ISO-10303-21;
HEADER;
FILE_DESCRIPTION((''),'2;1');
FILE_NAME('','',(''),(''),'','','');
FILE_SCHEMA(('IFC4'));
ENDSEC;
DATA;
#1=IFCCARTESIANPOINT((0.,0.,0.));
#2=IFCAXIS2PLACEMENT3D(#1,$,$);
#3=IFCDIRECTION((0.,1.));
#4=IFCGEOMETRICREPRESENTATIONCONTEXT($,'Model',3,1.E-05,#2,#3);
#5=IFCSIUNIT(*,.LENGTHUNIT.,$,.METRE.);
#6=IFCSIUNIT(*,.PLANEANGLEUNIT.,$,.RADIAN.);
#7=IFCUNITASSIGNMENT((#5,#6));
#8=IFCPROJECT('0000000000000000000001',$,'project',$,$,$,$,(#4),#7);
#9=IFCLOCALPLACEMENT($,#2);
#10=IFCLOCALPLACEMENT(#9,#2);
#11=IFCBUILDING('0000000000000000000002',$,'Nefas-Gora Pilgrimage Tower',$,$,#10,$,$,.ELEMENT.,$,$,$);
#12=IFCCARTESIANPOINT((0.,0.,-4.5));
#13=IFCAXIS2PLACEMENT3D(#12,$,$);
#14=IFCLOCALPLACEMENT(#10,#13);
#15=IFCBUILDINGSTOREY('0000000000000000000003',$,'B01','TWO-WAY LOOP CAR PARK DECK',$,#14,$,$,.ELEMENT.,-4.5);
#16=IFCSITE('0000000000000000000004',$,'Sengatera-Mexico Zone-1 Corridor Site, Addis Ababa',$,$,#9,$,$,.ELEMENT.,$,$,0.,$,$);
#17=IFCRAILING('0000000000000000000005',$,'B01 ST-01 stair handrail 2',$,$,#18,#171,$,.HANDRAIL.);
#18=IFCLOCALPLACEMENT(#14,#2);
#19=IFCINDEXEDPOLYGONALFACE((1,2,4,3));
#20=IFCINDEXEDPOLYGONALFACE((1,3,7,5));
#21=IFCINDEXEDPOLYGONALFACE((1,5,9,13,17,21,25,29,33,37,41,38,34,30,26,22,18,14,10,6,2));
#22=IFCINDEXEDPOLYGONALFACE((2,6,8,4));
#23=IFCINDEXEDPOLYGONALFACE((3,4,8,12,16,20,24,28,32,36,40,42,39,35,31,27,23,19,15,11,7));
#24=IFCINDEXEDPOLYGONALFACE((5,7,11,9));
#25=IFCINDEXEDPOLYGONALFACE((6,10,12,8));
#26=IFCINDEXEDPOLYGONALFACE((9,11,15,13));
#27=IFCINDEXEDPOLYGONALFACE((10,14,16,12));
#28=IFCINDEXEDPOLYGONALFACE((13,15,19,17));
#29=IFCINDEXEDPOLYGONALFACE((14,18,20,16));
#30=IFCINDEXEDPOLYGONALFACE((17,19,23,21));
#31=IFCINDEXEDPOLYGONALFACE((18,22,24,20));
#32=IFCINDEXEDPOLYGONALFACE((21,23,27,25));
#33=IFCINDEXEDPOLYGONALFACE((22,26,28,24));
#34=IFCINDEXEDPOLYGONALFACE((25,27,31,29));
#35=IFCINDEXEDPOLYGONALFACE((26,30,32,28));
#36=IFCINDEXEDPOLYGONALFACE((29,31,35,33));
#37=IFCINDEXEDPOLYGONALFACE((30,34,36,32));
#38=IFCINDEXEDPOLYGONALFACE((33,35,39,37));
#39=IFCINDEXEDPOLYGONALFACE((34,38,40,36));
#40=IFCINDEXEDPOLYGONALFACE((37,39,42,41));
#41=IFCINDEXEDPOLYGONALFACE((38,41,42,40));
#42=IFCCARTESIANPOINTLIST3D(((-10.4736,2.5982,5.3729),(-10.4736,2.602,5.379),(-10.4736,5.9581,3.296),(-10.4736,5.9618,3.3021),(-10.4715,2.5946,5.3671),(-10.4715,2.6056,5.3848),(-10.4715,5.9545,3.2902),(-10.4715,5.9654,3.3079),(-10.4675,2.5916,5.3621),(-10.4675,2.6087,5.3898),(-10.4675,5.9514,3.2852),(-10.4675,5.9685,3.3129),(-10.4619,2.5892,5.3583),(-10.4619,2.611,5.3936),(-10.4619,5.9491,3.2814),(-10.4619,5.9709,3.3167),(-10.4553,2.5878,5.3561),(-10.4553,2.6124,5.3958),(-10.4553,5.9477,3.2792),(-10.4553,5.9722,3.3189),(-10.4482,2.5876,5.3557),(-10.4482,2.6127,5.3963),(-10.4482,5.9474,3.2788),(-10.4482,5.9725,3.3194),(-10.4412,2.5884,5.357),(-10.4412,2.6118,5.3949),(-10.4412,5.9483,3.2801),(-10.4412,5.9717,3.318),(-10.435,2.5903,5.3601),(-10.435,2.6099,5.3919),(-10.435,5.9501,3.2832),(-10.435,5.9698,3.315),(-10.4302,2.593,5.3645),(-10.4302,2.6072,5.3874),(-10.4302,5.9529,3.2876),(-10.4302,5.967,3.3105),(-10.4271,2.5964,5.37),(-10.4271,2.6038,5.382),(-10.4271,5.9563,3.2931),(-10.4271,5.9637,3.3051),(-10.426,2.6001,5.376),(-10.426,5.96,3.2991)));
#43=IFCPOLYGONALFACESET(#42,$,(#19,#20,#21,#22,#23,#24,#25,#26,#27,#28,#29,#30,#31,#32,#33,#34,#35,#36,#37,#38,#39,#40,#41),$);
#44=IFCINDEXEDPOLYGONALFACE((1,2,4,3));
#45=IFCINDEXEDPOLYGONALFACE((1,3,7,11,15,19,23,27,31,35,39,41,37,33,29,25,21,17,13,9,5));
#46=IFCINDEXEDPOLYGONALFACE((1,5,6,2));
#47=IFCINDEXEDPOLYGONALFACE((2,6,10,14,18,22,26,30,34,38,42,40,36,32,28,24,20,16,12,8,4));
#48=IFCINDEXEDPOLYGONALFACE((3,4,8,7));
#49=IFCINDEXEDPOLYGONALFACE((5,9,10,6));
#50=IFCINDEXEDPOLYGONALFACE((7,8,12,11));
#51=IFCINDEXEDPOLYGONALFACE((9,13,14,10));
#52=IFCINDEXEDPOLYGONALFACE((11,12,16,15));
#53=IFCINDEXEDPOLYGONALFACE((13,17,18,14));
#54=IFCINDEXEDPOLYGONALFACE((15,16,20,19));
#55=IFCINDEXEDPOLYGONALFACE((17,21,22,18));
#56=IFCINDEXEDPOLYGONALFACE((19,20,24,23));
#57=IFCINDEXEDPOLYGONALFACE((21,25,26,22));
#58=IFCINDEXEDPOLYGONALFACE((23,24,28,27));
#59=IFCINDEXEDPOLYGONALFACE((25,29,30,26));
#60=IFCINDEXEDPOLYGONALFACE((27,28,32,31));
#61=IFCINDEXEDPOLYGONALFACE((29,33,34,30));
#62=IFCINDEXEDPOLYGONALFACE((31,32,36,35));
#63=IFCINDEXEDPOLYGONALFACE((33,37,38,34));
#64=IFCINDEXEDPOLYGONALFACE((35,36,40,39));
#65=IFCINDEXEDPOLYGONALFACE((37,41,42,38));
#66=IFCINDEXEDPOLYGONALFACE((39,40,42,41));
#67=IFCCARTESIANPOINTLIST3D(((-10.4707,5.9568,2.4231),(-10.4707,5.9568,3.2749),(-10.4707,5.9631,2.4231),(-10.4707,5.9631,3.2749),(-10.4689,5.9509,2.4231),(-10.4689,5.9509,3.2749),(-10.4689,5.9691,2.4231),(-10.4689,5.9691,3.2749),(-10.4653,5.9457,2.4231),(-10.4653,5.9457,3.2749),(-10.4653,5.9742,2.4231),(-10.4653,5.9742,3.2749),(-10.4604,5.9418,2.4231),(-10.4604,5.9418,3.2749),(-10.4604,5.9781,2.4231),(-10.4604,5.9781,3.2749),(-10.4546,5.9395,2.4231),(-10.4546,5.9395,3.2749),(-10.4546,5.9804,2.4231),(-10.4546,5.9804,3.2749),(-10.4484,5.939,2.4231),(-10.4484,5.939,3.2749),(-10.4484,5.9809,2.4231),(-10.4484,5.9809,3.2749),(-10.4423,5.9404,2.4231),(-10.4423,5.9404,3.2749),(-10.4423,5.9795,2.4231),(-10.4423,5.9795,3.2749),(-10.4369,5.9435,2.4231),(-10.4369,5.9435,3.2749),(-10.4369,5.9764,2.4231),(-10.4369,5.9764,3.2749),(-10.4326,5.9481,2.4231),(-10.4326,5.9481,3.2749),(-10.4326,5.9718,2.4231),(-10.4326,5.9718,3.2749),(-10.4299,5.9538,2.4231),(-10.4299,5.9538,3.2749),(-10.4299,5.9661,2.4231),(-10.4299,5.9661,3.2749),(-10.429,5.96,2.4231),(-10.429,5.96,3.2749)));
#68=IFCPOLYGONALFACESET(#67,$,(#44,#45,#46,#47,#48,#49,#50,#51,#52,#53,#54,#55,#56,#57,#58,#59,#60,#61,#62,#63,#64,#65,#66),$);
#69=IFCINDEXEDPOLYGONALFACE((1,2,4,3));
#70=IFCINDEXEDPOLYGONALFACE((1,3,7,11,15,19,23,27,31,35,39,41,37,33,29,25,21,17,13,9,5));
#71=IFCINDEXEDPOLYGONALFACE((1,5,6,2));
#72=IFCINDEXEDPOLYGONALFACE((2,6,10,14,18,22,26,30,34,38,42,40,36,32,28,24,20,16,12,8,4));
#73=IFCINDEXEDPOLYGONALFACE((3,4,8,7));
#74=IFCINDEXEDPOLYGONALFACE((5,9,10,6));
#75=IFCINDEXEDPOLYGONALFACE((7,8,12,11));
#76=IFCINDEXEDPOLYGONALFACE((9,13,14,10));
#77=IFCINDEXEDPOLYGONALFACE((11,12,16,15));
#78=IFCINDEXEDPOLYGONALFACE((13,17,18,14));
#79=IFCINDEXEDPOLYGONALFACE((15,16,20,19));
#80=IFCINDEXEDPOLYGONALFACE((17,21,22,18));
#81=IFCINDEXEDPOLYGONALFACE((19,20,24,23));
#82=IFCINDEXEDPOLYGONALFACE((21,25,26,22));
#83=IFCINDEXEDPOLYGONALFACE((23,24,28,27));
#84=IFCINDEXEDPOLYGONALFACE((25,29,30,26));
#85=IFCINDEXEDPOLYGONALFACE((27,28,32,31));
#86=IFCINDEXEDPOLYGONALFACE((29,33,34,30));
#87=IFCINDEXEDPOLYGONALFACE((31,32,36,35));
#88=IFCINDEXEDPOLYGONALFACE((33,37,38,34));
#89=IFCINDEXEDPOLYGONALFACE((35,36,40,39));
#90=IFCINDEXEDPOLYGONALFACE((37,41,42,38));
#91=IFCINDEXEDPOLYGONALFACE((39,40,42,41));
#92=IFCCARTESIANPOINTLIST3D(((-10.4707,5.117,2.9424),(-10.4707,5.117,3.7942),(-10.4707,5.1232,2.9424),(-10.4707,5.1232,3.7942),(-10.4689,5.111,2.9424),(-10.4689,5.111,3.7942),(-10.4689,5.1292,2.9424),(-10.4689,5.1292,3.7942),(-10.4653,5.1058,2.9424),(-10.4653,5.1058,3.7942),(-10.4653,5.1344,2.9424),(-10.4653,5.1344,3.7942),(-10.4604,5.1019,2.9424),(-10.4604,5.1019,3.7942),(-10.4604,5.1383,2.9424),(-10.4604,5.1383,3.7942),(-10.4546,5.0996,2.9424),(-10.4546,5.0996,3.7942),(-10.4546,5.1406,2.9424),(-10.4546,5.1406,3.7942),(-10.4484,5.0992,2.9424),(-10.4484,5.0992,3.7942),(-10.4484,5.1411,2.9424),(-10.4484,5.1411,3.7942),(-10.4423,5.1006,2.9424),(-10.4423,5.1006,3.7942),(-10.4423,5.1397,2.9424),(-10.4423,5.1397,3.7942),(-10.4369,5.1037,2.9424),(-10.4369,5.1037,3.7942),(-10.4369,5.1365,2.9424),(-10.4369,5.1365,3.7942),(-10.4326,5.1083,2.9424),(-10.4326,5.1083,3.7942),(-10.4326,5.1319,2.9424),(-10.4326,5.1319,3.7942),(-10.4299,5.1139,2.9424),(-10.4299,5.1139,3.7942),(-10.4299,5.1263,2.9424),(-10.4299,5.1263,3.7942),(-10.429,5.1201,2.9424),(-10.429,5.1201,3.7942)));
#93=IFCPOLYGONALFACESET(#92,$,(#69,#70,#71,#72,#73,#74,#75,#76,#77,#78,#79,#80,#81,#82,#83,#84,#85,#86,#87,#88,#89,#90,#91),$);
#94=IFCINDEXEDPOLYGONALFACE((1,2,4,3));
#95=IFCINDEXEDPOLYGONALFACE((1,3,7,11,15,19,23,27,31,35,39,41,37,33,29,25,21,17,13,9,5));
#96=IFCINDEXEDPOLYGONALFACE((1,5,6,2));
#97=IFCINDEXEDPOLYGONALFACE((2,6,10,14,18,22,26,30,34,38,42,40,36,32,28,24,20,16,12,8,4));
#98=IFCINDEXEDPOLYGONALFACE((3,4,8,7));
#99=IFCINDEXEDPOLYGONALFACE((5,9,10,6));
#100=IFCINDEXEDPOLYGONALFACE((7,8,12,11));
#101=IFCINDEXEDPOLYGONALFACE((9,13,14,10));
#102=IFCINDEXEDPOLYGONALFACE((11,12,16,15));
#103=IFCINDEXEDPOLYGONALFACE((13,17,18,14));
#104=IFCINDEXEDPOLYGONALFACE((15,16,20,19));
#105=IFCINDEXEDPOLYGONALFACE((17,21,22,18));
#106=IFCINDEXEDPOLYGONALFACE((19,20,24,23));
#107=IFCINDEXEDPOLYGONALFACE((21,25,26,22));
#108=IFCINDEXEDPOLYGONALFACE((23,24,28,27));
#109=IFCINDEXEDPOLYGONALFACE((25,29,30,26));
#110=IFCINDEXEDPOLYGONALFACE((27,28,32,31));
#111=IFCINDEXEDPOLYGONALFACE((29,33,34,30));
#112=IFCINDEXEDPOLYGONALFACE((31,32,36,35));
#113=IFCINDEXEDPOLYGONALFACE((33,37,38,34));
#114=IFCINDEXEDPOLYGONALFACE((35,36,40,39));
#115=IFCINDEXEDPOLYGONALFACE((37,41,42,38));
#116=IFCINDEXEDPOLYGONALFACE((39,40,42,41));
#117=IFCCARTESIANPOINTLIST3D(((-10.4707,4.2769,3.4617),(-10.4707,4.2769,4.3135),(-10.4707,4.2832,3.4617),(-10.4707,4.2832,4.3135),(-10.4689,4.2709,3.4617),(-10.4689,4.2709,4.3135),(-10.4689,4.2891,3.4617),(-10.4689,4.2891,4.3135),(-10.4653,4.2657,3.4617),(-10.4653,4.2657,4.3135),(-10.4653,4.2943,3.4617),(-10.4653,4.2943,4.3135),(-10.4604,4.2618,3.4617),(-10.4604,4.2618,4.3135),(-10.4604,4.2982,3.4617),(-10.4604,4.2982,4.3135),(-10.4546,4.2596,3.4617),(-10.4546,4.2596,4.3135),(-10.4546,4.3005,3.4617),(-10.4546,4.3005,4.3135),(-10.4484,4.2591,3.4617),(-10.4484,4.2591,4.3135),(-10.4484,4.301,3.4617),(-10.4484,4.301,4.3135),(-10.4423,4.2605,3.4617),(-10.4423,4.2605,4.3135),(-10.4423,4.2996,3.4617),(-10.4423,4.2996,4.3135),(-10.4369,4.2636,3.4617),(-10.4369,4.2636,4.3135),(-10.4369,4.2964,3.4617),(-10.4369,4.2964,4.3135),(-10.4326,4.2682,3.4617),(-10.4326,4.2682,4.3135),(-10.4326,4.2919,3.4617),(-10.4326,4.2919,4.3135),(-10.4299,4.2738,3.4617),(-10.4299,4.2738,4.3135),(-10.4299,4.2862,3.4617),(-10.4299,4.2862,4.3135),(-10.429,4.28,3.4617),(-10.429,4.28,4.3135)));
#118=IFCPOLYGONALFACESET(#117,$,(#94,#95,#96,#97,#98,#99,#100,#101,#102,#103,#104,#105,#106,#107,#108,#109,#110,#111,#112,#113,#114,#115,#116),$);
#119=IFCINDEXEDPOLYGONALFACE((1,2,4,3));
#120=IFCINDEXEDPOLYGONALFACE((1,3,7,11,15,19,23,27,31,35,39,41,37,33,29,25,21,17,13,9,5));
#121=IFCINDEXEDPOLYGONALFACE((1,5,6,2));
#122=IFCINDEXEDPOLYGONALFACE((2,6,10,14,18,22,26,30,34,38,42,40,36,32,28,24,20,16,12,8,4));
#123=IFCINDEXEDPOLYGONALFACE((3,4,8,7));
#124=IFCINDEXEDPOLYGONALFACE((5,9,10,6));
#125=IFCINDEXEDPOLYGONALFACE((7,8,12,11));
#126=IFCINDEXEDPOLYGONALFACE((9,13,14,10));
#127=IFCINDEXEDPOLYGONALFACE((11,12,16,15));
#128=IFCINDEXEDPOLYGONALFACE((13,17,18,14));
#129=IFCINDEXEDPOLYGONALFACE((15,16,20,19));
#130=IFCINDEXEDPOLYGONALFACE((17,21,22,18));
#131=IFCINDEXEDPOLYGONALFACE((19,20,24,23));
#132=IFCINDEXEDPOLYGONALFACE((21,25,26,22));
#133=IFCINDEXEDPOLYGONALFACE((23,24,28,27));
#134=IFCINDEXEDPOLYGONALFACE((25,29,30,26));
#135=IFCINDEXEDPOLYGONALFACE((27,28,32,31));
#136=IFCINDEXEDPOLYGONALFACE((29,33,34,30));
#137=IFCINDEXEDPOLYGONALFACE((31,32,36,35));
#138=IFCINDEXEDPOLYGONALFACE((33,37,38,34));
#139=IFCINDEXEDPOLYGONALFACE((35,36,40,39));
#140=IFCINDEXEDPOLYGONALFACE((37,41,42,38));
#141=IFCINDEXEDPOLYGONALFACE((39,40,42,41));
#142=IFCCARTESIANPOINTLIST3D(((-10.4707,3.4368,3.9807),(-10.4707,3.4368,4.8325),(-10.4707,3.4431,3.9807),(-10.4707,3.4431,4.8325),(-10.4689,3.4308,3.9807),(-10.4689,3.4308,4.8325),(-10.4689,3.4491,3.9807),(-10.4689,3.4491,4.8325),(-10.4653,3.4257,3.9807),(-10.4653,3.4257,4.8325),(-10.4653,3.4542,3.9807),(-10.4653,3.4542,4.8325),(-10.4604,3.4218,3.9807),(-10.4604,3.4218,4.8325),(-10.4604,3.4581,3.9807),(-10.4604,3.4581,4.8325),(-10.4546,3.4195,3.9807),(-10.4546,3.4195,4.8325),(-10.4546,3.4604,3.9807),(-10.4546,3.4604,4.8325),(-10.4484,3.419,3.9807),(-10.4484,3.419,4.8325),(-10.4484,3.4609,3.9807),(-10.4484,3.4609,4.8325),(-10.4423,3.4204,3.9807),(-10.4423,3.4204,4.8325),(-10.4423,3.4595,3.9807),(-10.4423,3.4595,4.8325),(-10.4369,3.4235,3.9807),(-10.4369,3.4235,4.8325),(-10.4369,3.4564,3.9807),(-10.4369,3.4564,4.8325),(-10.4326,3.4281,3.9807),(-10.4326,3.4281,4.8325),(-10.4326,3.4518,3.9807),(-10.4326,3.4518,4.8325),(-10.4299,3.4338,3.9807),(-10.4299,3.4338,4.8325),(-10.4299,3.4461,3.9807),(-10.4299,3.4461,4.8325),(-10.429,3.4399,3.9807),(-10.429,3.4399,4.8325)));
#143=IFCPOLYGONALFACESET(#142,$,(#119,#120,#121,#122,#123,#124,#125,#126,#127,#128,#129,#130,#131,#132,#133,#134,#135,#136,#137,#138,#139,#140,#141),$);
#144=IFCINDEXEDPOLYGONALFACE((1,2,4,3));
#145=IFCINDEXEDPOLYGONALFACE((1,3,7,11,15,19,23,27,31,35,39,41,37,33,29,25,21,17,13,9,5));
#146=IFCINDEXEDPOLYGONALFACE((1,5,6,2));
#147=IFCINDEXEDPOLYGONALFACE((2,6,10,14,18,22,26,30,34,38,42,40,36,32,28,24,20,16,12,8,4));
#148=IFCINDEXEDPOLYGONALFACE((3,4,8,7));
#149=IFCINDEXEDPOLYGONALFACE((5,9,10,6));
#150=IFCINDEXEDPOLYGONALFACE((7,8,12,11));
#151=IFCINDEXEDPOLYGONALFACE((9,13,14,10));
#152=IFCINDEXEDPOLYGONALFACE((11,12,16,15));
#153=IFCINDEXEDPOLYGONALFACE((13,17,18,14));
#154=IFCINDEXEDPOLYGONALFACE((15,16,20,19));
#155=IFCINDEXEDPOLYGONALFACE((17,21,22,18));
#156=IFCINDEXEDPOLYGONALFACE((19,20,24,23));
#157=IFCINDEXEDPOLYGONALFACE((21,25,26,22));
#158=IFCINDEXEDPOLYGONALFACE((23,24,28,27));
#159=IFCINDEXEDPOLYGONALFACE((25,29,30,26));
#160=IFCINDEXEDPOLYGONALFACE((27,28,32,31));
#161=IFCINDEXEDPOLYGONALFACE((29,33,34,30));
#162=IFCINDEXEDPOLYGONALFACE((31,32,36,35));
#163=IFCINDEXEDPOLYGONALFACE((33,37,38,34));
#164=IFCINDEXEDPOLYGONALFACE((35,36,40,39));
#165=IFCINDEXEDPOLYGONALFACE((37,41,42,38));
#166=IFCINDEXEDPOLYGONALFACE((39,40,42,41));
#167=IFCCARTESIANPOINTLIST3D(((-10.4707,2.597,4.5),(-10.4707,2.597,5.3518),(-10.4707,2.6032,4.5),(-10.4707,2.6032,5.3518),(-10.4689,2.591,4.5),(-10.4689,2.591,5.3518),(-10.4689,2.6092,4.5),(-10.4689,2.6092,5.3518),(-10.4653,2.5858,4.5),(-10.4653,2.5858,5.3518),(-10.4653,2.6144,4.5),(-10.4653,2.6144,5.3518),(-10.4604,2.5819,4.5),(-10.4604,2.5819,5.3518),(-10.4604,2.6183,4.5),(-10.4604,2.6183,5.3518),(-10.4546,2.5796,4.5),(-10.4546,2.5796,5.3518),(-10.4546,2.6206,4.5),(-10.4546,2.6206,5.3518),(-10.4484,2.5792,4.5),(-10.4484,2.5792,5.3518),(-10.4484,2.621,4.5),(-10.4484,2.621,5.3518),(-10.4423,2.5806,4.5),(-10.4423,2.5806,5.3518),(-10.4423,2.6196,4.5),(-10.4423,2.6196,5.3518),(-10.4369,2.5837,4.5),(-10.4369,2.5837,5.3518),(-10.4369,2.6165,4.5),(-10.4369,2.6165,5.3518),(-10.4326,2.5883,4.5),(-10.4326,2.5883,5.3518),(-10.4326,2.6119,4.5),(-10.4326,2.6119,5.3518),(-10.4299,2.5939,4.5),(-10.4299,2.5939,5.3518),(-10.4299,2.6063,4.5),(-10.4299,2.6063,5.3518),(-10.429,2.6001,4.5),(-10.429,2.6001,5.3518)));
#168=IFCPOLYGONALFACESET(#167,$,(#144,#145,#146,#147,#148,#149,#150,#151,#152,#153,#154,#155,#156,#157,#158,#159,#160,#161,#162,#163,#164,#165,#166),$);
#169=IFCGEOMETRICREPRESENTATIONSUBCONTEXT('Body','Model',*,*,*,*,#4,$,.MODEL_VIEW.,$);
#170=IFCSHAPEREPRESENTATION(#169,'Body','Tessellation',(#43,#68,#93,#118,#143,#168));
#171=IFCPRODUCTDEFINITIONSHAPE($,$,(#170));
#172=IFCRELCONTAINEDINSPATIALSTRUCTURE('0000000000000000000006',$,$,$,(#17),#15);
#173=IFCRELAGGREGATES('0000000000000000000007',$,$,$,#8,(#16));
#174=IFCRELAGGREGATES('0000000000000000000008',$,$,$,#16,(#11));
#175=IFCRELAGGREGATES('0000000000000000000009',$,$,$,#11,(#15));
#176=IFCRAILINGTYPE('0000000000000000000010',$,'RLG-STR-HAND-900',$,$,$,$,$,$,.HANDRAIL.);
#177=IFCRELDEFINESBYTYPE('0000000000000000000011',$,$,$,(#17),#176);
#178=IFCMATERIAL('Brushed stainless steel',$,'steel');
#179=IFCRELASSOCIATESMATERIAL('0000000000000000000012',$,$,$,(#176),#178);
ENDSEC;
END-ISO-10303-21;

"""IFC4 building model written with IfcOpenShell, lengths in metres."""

from ifc_helpers import new_model, si_unit, direction, frame, origin, origin_2d, place, context, subcontext, project, spatial, circle, extrude, material, type_object, element, save


model = new_model("IFC4")

# Units and contexts
model_context = context("Model", 3, precision=1e-05, world=origin(), true_north=direction((0.0, 1.0)))
body_context = subcontext(model_context, "Body", "Model", "MODEL_VIEW")
ifc_project = project(units=[si_unit("LENGTHUNIT", "METRE"), si_unit("PLANEANGLEUNIT", "RADIAN")], contexts=[model_context])

# Site, building, storey
site_placement = place(None, origin())
site = spatial("IfcSite", under=ifc_project, at=site_placement, Name="Sengatera-Mexico Zone-1 Corridor Site, Addis Ababa", CompositionType="ELEMENT", RefElevation=0.0)
building_placement = place(site_placement, origin())
building = spatial("IfcBuilding", under=site, at=building_placement, Name="Nefas-Gora Pilgrimage Tower", CompositionType="ELEMENT")
storey_placement = place(building_placement, frame((0.0, 0.0, -4.5)))
storey = spatial("IfcBuildingStorey", under=building, at=storey_placement, Name="B01", Description="TWO-WAY LOOP CAR PARK DECK", CompositionType="ELEMENT", Elevation=-4.5)

# Railing
ifc_material_1 = material(Name="Brushed stainless steel", Category="steel")
railing_type_1 = type_object("IfcRailingType", Name="RLG-STR-HAND-900", PredefinedType="HANDRAIL", material=ifc_material_1)
railing_1_placement = place(storey_placement, frame((-10.45, 5.96, 2.4231)))
element("IfcRailing", 1, at=railing_1_placement, inside=storey, type_object=railing_type_1, Name="B01 ST-01 stair handrail 2", PredefinedType="HANDRAIL", context=body_context, shape_type="SweptSolid", body=[
    extrude(circle(Radius=0.0239, at=origin_2d()), frame((0.0, 0.0, 0.876), z_axis=(0.0, -0.850606, 0.525803), x_axis=(1.0, 0.0, 0.0)), (0.0, 0.0, 1.0), 3.95),
    extrude(circle(Radius=0.021, at=origin_2d()), origin(), (0.0, 0.0, 1.0), 0.8518),
    extrude(circle(Radius=0.021, at=origin_2d()), frame((0.0, -0.8398, 0.5193)), (0.0, 0.0, 1.0), 0.8518),
    extrude(circle(Radius=0.021, at=origin_2d()), frame((0.0, -1.6799, 1.0386)), (0.0, 0.0, 1.0), 0.8518),
    extrude(circle(Radius=0.021, at=origin_2d()), frame((0.0, -2.52, 1.5576)), (0.0, 0.0, 1.0), 0.8518),
    extrude(circle(Radius=0.021, at=origin_2d()), frame((0.0, -3.3599, 2.0769)), (0.0, 0.0, 1.0), 0.8518),
])

save(model, "model.ifc")
